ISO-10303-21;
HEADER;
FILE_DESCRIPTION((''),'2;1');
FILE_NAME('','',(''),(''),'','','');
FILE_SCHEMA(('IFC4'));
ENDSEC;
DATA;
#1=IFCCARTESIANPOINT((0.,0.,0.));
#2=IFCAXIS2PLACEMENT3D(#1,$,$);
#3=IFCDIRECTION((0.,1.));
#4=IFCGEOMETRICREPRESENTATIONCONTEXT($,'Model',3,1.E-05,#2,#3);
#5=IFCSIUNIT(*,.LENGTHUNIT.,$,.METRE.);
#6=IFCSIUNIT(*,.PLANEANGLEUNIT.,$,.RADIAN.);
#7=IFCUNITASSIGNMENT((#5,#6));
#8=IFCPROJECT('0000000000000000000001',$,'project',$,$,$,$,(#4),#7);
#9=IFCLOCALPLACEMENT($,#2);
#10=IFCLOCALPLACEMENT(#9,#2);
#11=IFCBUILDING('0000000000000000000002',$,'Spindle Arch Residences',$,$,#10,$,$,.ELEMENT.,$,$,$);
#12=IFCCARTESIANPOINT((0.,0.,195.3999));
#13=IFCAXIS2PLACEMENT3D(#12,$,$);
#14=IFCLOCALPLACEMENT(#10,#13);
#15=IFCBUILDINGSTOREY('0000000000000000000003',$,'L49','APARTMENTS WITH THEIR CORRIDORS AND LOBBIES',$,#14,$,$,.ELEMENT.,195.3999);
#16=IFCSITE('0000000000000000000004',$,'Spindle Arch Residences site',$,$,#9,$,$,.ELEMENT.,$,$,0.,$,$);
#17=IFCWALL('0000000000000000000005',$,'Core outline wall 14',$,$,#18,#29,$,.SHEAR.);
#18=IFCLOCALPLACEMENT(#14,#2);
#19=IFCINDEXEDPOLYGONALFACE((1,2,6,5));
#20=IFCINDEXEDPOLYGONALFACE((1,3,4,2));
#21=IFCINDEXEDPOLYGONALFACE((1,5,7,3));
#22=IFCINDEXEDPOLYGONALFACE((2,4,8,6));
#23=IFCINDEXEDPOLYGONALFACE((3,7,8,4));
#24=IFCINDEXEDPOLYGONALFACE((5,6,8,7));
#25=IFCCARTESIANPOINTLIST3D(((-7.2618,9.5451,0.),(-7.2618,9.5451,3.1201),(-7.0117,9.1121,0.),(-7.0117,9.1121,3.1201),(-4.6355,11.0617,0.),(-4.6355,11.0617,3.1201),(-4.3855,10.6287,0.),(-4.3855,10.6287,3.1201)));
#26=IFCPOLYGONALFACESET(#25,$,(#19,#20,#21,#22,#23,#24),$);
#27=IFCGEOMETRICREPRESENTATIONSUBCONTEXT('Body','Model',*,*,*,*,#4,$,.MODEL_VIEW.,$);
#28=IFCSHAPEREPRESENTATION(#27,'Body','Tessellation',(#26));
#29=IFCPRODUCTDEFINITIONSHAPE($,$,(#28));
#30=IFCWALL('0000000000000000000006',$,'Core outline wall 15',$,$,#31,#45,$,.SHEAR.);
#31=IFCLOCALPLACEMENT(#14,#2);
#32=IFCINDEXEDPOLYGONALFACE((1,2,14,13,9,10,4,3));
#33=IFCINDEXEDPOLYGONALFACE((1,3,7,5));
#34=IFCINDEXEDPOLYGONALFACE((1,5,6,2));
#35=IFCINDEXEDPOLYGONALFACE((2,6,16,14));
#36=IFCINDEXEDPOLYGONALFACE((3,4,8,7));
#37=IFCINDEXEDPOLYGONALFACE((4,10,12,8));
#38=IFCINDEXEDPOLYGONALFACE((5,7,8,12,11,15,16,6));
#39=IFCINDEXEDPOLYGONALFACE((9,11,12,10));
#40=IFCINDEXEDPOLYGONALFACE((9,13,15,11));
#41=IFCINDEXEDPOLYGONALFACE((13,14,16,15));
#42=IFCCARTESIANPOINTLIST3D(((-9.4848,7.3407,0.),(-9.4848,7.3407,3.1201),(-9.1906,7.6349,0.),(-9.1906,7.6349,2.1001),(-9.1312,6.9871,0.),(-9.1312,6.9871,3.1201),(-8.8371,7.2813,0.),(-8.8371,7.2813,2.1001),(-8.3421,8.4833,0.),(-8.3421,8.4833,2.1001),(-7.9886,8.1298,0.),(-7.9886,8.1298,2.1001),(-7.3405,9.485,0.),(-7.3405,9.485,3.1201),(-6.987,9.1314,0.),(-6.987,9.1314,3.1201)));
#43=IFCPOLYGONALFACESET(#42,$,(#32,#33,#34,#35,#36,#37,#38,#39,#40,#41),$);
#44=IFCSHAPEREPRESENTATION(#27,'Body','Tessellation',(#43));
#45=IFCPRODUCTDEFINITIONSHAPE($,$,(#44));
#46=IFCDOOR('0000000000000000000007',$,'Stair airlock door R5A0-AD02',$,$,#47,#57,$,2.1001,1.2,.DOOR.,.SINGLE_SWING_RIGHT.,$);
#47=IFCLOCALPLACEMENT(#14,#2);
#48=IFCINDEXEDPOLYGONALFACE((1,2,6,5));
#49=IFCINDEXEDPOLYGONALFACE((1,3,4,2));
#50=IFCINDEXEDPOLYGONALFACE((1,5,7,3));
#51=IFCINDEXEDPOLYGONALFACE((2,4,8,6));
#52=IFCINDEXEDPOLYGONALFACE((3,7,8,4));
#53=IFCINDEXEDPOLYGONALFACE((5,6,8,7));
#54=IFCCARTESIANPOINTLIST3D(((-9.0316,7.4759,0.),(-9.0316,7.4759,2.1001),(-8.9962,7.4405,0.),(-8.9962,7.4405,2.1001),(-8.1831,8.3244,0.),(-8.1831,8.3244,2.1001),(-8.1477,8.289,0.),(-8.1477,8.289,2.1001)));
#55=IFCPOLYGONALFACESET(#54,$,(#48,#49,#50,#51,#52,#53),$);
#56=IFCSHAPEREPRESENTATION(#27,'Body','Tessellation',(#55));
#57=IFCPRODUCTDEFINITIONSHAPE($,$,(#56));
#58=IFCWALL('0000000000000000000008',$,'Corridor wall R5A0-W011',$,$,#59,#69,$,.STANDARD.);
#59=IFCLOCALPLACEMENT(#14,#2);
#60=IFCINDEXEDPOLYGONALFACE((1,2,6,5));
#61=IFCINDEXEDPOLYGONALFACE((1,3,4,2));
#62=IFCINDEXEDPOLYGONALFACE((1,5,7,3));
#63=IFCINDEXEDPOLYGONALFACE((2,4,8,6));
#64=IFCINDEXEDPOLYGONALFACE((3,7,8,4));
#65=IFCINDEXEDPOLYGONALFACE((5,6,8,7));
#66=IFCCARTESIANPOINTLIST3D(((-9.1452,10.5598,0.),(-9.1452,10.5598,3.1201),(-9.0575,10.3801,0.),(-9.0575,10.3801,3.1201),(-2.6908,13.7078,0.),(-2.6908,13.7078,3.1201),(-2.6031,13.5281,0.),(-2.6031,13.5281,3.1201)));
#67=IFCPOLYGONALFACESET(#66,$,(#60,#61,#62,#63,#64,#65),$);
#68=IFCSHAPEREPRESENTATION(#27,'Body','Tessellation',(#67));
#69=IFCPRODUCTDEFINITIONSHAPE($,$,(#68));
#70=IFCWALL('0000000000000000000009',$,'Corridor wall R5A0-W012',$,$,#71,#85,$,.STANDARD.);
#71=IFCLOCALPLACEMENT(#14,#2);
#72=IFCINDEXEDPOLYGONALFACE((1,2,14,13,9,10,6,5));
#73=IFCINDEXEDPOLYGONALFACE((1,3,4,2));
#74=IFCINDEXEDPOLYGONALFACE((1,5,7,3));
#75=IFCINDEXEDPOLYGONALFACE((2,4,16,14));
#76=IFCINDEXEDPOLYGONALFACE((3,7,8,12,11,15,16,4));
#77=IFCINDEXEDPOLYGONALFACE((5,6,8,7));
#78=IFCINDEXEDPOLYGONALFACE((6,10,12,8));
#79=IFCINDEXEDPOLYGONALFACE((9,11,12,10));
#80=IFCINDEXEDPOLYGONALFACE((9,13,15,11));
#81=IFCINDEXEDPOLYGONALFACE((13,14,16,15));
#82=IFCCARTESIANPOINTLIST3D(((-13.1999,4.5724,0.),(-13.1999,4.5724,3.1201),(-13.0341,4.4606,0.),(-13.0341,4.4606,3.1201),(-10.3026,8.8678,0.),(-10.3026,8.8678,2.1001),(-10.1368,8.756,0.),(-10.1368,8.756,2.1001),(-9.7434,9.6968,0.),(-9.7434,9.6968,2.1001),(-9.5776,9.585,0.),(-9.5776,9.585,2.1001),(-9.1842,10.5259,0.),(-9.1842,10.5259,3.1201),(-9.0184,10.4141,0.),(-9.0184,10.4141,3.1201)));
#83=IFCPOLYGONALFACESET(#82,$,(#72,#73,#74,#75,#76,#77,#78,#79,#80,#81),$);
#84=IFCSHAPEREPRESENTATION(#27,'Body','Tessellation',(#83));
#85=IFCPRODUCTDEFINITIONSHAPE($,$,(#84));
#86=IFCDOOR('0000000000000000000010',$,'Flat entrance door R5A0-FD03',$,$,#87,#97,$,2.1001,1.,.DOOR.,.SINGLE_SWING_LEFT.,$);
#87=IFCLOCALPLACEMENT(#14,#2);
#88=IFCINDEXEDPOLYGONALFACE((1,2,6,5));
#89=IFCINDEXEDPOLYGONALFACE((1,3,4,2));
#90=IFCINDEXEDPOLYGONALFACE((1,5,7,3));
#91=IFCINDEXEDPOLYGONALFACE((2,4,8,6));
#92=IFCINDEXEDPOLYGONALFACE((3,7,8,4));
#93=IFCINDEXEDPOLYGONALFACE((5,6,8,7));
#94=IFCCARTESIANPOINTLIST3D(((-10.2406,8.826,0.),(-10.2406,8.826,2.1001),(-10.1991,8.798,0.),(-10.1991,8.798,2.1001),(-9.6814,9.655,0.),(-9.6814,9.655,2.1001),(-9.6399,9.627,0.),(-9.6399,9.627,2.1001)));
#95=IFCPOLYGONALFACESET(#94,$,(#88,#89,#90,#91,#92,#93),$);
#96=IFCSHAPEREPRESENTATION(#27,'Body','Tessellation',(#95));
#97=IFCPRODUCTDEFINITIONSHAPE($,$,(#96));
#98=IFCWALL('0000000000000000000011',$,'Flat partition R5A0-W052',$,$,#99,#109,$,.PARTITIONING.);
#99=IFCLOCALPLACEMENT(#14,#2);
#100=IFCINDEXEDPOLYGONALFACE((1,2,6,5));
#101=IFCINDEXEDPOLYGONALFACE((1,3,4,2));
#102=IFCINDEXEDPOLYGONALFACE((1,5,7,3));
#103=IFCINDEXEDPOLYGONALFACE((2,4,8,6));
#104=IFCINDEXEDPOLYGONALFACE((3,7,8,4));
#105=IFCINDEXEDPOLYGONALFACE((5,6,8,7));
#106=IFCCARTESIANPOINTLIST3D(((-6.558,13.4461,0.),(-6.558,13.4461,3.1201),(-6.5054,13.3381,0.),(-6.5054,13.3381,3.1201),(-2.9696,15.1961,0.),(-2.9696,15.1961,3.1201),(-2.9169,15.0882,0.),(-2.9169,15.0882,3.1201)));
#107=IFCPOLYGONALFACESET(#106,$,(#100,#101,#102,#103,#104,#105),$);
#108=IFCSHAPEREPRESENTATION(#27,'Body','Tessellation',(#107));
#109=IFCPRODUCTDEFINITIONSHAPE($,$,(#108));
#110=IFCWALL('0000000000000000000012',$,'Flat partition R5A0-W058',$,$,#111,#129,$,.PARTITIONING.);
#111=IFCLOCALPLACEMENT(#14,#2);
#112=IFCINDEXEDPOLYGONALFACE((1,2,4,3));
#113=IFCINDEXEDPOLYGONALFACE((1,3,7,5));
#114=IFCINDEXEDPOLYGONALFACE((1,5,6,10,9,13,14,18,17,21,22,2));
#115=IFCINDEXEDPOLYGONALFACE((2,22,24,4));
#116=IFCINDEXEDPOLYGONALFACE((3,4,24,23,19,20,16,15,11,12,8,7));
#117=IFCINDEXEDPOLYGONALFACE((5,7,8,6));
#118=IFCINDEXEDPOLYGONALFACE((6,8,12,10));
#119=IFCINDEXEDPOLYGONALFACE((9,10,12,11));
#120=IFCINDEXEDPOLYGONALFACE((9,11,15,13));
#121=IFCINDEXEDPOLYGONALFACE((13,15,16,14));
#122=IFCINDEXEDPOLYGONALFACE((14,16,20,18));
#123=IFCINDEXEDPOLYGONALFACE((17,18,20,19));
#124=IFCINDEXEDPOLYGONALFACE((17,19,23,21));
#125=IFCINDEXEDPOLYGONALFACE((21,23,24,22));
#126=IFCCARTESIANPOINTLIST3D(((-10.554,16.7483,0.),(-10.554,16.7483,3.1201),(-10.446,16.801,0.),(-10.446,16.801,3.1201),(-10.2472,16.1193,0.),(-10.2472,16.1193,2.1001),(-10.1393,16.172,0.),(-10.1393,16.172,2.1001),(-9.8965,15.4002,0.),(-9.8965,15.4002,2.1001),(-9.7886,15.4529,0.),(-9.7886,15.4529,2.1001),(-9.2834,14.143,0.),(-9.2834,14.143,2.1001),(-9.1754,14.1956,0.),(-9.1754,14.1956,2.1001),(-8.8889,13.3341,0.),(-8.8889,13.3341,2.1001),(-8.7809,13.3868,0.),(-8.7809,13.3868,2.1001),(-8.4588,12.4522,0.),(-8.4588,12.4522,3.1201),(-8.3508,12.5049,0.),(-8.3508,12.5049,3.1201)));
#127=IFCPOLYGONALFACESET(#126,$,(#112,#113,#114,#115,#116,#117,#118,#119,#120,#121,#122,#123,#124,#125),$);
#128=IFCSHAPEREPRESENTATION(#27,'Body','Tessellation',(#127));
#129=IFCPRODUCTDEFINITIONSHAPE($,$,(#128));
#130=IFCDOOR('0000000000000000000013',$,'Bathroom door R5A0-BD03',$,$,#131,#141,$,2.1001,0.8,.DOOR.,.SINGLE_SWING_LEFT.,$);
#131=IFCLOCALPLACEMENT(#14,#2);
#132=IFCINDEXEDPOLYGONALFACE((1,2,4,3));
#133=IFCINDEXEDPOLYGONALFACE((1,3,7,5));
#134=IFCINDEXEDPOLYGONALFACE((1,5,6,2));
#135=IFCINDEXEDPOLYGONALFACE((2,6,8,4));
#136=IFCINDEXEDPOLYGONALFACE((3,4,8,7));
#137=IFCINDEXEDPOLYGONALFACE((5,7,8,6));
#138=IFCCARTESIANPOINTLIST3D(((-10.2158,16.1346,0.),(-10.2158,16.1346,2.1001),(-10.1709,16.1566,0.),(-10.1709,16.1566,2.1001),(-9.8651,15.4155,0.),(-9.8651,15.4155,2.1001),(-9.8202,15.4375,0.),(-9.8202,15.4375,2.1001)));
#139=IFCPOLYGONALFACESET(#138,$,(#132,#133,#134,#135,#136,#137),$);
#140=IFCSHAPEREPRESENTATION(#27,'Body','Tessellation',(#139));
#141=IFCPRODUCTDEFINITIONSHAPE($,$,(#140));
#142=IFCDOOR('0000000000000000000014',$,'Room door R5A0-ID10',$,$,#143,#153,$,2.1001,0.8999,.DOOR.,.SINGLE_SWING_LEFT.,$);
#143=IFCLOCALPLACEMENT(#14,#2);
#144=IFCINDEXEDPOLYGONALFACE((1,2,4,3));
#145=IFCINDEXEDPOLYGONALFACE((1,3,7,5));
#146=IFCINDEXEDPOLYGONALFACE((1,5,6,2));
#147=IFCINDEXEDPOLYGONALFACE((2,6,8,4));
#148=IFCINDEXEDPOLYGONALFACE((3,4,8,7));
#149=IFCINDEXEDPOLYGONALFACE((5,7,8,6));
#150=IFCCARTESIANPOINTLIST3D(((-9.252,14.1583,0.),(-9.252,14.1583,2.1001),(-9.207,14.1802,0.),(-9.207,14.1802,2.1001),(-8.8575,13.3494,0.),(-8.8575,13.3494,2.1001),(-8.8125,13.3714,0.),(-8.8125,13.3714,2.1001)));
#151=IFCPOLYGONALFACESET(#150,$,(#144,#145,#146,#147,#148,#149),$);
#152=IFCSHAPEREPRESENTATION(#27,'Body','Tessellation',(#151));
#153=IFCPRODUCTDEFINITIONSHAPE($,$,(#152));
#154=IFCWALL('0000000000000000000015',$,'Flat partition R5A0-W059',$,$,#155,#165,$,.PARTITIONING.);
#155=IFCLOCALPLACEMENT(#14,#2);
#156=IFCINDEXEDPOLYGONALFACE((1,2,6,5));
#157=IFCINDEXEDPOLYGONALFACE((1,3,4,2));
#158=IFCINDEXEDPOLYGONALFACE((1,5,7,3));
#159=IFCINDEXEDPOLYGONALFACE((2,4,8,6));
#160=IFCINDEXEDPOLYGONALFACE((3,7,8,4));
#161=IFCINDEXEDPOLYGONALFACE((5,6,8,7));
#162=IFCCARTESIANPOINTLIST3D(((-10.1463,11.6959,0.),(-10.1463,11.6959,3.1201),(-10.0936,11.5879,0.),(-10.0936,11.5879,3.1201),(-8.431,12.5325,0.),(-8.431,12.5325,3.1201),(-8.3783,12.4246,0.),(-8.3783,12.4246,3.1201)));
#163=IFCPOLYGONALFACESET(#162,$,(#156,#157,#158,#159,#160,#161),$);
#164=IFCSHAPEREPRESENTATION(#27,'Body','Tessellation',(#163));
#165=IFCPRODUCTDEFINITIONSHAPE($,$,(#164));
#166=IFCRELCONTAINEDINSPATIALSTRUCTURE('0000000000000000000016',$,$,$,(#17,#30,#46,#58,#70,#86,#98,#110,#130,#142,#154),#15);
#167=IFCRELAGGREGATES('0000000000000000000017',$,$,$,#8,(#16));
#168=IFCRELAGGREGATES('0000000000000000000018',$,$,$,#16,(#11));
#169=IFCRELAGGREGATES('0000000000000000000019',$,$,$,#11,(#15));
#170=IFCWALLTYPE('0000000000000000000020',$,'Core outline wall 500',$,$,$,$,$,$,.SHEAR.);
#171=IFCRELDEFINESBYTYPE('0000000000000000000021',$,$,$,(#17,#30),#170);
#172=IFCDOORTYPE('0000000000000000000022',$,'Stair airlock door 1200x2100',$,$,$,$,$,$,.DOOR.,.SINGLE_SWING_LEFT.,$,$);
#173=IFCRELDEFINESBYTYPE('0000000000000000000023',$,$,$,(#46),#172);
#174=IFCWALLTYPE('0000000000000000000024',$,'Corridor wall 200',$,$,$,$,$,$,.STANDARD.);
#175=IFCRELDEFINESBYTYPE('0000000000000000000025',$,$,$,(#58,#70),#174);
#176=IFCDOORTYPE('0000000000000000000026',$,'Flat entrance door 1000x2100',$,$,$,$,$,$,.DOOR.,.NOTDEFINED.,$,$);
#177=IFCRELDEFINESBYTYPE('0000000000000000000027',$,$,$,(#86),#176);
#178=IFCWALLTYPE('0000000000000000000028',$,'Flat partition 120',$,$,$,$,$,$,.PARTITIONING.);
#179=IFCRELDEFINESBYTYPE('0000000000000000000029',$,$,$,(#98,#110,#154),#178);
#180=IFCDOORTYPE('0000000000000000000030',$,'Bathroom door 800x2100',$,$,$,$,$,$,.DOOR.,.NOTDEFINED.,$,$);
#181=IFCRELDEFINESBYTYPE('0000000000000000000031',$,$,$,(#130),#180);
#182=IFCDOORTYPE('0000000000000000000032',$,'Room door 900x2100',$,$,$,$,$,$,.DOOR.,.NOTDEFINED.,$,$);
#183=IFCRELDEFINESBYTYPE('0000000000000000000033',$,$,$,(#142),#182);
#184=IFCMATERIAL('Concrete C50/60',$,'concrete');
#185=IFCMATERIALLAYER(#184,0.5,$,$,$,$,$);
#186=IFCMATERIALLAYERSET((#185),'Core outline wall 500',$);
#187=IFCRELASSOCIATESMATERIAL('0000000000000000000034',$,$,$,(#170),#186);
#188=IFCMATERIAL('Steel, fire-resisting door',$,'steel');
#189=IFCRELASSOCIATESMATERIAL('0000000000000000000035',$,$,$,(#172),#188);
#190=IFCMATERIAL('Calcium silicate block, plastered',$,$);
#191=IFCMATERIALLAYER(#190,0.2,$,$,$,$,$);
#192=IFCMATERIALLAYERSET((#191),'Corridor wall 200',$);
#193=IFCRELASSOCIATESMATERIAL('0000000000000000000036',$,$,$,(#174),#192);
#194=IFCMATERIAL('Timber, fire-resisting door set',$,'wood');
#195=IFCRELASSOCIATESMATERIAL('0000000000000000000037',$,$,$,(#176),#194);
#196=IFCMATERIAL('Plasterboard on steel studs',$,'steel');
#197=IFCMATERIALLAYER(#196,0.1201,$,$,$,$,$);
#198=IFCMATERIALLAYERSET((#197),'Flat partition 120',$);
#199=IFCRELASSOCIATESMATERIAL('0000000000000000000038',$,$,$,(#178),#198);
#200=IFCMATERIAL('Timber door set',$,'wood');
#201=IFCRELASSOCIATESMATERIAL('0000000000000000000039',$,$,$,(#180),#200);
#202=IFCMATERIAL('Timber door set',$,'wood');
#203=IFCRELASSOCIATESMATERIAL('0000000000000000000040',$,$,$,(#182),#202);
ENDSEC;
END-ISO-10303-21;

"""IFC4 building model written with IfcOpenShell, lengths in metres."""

from ifc_helpers import new_model, si_unit, direction, frame, frame_2d, origin, place, context, subcontext, project, spatial, rectangle, extrude, material, layer, layer_set, type_object, element, fill, save


model = new_model("IFC4")

# Units and contexts
model_context = context("Model", 3, precision=1e-05, world=origin(), true_north=direction((0.0, 1.0)))
body_context = subcontext(model_context, "Body", "Model", "MODEL_VIEW")
ifc_project = project(units=[si_unit("LENGTHUNIT", "METRE"), si_unit("PLANEANGLEUNIT", "RADIAN")], contexts=[model_context])

# Site, building, storey
site_placement = place(None, origin())
site = spatial("IfcSite", under=ifc_project, at=site_placement, Name="Spindle Arch Residences site", CompositionType="ELEMENT", RefElevation=0.0)
building_placement = place(site_placement, origin())
building = spatial("IfcBuilding", under=site, at=building_placement, Name="Spindle Arch Residences", CompositionType="ELEMENT")
storey_placement = place(building_placement, frame((0.0, 0.0, 195.3999)))
storey = spatial("IfcBuildingStorey", under=building, at=storey_placement, Name="L49", Description="APARTMENTS WITH THEIR CORRIDORS AND LOBBIES", CompositionType="ELEMENT", Elevation=195.3999)

# Wall
ifc_material_1 = material(Name="Concrete C50/60", Category="concrete")
ifc_layer_1 = layer(ifc_material_1, 0.5)
ifc_layer_set_1 = layer_set([ifc_layer_1], Name="Core outline wall 500")
wall_type_1 = type_object("IfcWallType", Name="Core outline wall 500", PredefinedType="SHEAR", material=ifc_layer_set_1)
wall_1_placement = place(storey_placement, frame((-4.5105, 10.8452, 0.0), z_axis=(0.0, 0.0, 1.0), x_axis=(-0.865975, -0.500087, 0.0)))
element("IfcWall", 1, at=wall_1_placement, inside=storey, type_object=wall_type_1, Name="Core outline wall 14", PredefinedType="SHEAR", context=body_context, shape_type="SweptSolid", body=[
    extrude(rectangle(XDim=3.0327, YDim=0.5, at=frame_2d((1.5164, 0.0))), origin(), (0.0, 0.0, 1.0), 3.1201),
])

# Wall, opening, door
wall_2_placement = place(storey_placement, frame((-7.1638, 9.3081, 0.0), z_axis=(0.0, 0.0, 1.0), x_axis=(-0.707107, -0.707107, 0.0)))
wall_2 = element("IfcWall", 2, at=wall_2_placement, inside=storey, type_object=wall_type_1, Name="Core outline wall 15", PredefinedType="SHEAR", context=body_context, shape_type="SweptSolid", body=[
    extrude(rectangle(XDim=3.0325, YDim=0.5, at=frame_2d((1.5161, 0.0))), origin(), (0.0, 0.0, 1.0), 3.1201),
])
opening_1_placement = place(wall_2_placement, frame((1.4163, 0.0, 0.0)))
opening_1 = element("IfcOpeningElement", 3, at=opening_1_placement, cuts=wall_2, PredefinedType="OPENING", context=body_context, shape_type="SweptSolid", body=[
    extrude(rectangle(XDim=1.2, YDim=2.1001, at=frame_2d((0.6001, 1.05))), frame((0.0, 0.26, 0.0), z_axis=(0.0, -1.0, 0.0), x_axis=(1.0, 0.0, 0.0)), (0.0, 0.0, 1.0), 0.52),
])
ifc_material_2 = material(Name="Steel, fire-resisting door", Category="steel")
door_type_1 = type_object("IfcDoorType", Name="Stair airlock door 1200x2100", OperationType="SINGLE_SWING_LEFT", PredefinedType="DOOR", material=ifc_material_2)
door_1_placement = place(opening_1_placement, origin())
door_1 = element("IfcDoor", 4, at=door_1_placement, inside=storey, type_object=door_type_1, Name="Stair airlock door R5A0-AD02", OperationType="SINGLE_SWING_RIGHT", OverallHeight=2.1001, OverallWidth=1.2, PredefinedType="DOOR", context=body_context, shape_type="SweptSolid", body=[
    extrude(rectangle(XDim=1.2, YDim=2.1001, at=frame_2d((0.6001, 1.05))), frame((0.0, 0.0249, 0.0), z_axis=(0.0, -1.0, 0.0), x_axis=(1.0, 0.0, 0.0)), (0.0, 0.0, 1.0), 0.05),
])
fill(opening_1, door_1)

# Wall
ifc_material_3 = material(Name="Calcium silicate block, plastered")
ifc_layer_2 = layer(ifc_material_3, 0.2)
ifc_layer_set_2 = layer_set([ifc_layer_2], Name="Corridor wall 200")
wall_type_2 = type_object("IfcWallType", Name="Corridor wall 200", PredefinedType="STANDARD", material=ifc_layer_set_2)
wall_3_placement = place(storey_placement, frame((-2.647, 13.6179, 0.0), z_axis=(0.0, 0.0, 1.0), x_axis=(-0.898797, -0.438366, 0.0)))
element("IfcWall", 5, at=wall_3_placement, inside=storey, type_object=wall_type_2, Name="Corridor wall R5A0-W011", PredefinedType="STANDARD", context=body_context, shape_type="SweptSolid", body=[
    extrude(rectangle(XDim=7.1812, YDim=0.2, at=frame_2d((3.5906, 0.0))), origin(), (0.0, 0.0, 1.0), 3.1201),
])

# Wall, opening, door
wall_4_placement = place(storey_placement, frame((-9.1013, 10.47, 0.0), z_axis=(0.0, 0.0, 1.0), x_axis=(-0.559195, -0.829036, 0.0)))
wall_4 = element("IfcWall", 6, at=wall_4_placement, inside=storey, type_object=wall_type_2, Name="Corridor wall R5A0-W012", PredefinedType="STANDARD", context=body_context, shape_type="SweptSolid", body=[
    extrude(rectangle(XDim=7.1812, YDim=0.2, at=frame_2d((3.5906, 0.0))), origin(), (0.0, 0.0, 1.0), 3.1201),
])
opening_2_placement = place(wall_4_placement, frame((1.0, 0.0, 0.0)))
opening_2 = element("IfcOpeningElement", 7, at=opening_2_placement, cuts=wall_4, PredefinedType="OPENING", context=body_context, shape_type="SweptSolid", body=[
    extrude(rectangle(XDim=1.0, YDim=2.1001, at=frame_2d((0.5, 1.05))), frame((0.0, 0.1099, 0.0), z_axis=(0.0, -1.0, 0.0), x_axis=(1.0, 0.0, 0.0)), (0.0, 0.0, 1.0), 0.22),
])
ifc_material_4 = material(Name="Timber, fire-resisting door set", Category="wood")
door_type_2 = type_object("IfcDoorType", Name="Flat entrance door 1000x2100", OperationType="NOTDEFINED", PredefinedType="DOOR", material=ifc_material_4)
door_2_placement = place(opening_2_placement, origin())
door_2 = element("IfcDoor", 8, at=door_2_placement, inside=storey, type_object=door_type_2, Name="Flat entrance door R5A0-FD03", OperationType="SINGLE_SWING_LEFT", OverallHeight=2.1001, OverallWidth=1.0, PredefinedType="DOOR", context=body_context, shape_type="SweptSolid", body=[
    extrude(rectangle(XDim=1.0, YDim=2.1001, at=frame_2d((0.5, 1.05))), frame((0.0, 0.0249, 0.0), z_axis=(0.0, -1.0, 0.0), x_axis=(1.0, 0.0, 0.0)), (0.0, 0.0, 1.0), 0.05),
])
fill(opening_2, door_2)

# Wall
ifc_material_5 = material(Name="Plasterboard on steel studs", Category="steel")
ifc_layer_3 = layer(ifc_material_5, 0.1201)
ifc_layer_set_3 = layer_set([ifc_layer_3], Name="Flat partition 120")
wall_type_3 = type_object("IfcWallType", Name="Flat partition 120", PredefinedType="PARTITIONING", material=ifc_layer_set_3)
wall_5_placement = place(storey_placement, frame((-2.9434, 15.1421, 0.0), z_axis=(0.0, 0.0, 1.0), x_axis=(-0.898811, -0.438337, 0.0)))
element("IfcWall", 9, at=wall_5_placement, inside=storey, type_object=wall_type_3, Name="Flat partition R5A0-W052", PredefinedType="PARTITIONING", context=body_context, shape_type="SweptSolid", body=[
    extrude(rectangle(XDim=3.9924, YDim=0.1201, at=frame_2d((1.9961, 0.0))), origin(), (0.0, 0.0, 1.0), 3.1201),
])

# Wall, openings, doors
wall_6_placement = place(storey_placement, frame((-10.5, 16.7747, 0.0), z_axis=(0.0, 0.0, 1.0), x_axis=(0.438345, -0.898807, 0.0)))
wall_6 = element("IfcWall", 10, at=wall_6_placement, inside=storey, type_object=wall_type_3, Name="Flat partition R5A0-W058", PredefinedType="PARTITIONING", context=body_context, shape_type="SweptSolid", body=[
    extrude(rectangle(XDim=4.7798, YDim=0.1201, at=frame_2d((2.3899, 0.0))), origin(), (0.0, 0.0, 1.0), 3.1201),
])
opening_3_placement = place(wall_6_placement, frame((0.7, 0.0, 0.0)))
opening_3 = element("IfcOpeningElement", 11, at=opening_3_placement, cuts=wall_6, PredefinedType="OPENING", context=body_context, shape_type="SweptSolid", body=[
    extrude(rectangle(XDim=0.8, YDim=2.1001, at=frame_2d((0.3999, 1.05))), frame((0.0, 0.0701, 0.0), z_axis=(0.0, -1.0, 0.0), x_axis=(1.0, 0.0, 0.0)), (0.0, 0.0, 1.0), 0.1401),
])
opening_4_placement = place(wall_6_placement, frame((2.8987, 0.0, 0.0)))
opening_4 = element("IfcOpeningElement", 12, at=opening_4_placement, cuts=wall_6, PredefinedType="OPENING", context=body_context, shape_type="SweptSolid", body=[
    extrude(rectangle(XDim=0.8999, YDim=2.1001, at=frame_2d((0.45, 1.05))), frame((0.0, 0.0701, 0.0), z_axis=(0.0, -1.0, 0.0), x_axis=(1.0, 0.0, 0.0)), (0.0, 0.0, 1.0), 0.1401),
])
ifc_material_6 = material(Name="Timber door set", Category="wood")
door_type_3 = type_object("IfcDoorType", Name="Bathroom door 800x2100", OperationType="NOTDEFINED", PredefinedType="DOOR", material=ifc_material_6)
door_3_placement = place(opening_3_placement, origin())
door_3 = element("IfcDoor", 13, at=door_3_placement, inside=storey, type_object=door_type_3, Name="Bathroom door R5A0-BD03", OperationType="SINGLE_SWING_LEFT", OverallHeight=2.1001, OverallWidth=0.8, PredefinedType="DOOR", context=body_context, shape_type="SweptSolid", body=[
    extrude(rectangle(XDim=0.8, YDim=2.1001, at=frame_2d((0.3999, 1.05))), frame((0.0, 0.0249, 0.0), z_axis=(0.0, -1.0, 0.0), x_axis=(1.0, 0.0, 0.0)), (0.0, 0.0, 1.0), 0.05),
])
fill(opening_3, door_3)
ifc_material_7 = material(Name="Timber door set", Category="wood")
door_type_4 = type_object("IfcDoorType", Name="Room door 900x2100", OperationType="NOTDEFINED", PredefinedType="DOOR", material=ifc_material_7)
door_4_placement = place(opening_4_placement, origin())
door_4 = element("IfcDoor", 14, at=door_4_placement, inside=storey, type_object=door_type_4, Name="Room door R5A0-ID10", OperationType="SINGLE_SWING_LEFT", OverallHeight=2.1001, OverallWidth=0.8999, PredefinedType="DOOR", context=body_context, shape_type="SweptSolid", body=[
    extrude(rectangle(XDim=0.8999, YDim=2.1001, at=frame_2d((0.45, 1.05))), frame((0.0, 0.0249, 0.0), z_axis=(0.0, -1.0, 0.0), x_axis=(1.0, 0.0, 0.0)), (0.0, 0.0, 1.0), 0.05),
])
fill(opening_4, door_4)

# Wall
wall_7_placement = place(storey_placement, frame((-8.4048, 12.4785, 0.0), z_axis=(0.0, 0.0, 1.0), x_axis=(-0.898784, -0.438391, 0.0)))
element("IfcWall", 15, at=wall_7_placement, inside=storey, type_object=wall_type_3, Name="Flat partition R5A0-W059", PredefinedType="PARTITIONING", context=body_context, shape_type="SweptSolid", body=[
    extrude(rectangle(XDim=1.9084, YDim=0.1201, at=frame_2d((0.9541, 0.0))), origin(), (0.0, 0.0, 1.0), 3.1201),
])

save(model, "model.ifc")
